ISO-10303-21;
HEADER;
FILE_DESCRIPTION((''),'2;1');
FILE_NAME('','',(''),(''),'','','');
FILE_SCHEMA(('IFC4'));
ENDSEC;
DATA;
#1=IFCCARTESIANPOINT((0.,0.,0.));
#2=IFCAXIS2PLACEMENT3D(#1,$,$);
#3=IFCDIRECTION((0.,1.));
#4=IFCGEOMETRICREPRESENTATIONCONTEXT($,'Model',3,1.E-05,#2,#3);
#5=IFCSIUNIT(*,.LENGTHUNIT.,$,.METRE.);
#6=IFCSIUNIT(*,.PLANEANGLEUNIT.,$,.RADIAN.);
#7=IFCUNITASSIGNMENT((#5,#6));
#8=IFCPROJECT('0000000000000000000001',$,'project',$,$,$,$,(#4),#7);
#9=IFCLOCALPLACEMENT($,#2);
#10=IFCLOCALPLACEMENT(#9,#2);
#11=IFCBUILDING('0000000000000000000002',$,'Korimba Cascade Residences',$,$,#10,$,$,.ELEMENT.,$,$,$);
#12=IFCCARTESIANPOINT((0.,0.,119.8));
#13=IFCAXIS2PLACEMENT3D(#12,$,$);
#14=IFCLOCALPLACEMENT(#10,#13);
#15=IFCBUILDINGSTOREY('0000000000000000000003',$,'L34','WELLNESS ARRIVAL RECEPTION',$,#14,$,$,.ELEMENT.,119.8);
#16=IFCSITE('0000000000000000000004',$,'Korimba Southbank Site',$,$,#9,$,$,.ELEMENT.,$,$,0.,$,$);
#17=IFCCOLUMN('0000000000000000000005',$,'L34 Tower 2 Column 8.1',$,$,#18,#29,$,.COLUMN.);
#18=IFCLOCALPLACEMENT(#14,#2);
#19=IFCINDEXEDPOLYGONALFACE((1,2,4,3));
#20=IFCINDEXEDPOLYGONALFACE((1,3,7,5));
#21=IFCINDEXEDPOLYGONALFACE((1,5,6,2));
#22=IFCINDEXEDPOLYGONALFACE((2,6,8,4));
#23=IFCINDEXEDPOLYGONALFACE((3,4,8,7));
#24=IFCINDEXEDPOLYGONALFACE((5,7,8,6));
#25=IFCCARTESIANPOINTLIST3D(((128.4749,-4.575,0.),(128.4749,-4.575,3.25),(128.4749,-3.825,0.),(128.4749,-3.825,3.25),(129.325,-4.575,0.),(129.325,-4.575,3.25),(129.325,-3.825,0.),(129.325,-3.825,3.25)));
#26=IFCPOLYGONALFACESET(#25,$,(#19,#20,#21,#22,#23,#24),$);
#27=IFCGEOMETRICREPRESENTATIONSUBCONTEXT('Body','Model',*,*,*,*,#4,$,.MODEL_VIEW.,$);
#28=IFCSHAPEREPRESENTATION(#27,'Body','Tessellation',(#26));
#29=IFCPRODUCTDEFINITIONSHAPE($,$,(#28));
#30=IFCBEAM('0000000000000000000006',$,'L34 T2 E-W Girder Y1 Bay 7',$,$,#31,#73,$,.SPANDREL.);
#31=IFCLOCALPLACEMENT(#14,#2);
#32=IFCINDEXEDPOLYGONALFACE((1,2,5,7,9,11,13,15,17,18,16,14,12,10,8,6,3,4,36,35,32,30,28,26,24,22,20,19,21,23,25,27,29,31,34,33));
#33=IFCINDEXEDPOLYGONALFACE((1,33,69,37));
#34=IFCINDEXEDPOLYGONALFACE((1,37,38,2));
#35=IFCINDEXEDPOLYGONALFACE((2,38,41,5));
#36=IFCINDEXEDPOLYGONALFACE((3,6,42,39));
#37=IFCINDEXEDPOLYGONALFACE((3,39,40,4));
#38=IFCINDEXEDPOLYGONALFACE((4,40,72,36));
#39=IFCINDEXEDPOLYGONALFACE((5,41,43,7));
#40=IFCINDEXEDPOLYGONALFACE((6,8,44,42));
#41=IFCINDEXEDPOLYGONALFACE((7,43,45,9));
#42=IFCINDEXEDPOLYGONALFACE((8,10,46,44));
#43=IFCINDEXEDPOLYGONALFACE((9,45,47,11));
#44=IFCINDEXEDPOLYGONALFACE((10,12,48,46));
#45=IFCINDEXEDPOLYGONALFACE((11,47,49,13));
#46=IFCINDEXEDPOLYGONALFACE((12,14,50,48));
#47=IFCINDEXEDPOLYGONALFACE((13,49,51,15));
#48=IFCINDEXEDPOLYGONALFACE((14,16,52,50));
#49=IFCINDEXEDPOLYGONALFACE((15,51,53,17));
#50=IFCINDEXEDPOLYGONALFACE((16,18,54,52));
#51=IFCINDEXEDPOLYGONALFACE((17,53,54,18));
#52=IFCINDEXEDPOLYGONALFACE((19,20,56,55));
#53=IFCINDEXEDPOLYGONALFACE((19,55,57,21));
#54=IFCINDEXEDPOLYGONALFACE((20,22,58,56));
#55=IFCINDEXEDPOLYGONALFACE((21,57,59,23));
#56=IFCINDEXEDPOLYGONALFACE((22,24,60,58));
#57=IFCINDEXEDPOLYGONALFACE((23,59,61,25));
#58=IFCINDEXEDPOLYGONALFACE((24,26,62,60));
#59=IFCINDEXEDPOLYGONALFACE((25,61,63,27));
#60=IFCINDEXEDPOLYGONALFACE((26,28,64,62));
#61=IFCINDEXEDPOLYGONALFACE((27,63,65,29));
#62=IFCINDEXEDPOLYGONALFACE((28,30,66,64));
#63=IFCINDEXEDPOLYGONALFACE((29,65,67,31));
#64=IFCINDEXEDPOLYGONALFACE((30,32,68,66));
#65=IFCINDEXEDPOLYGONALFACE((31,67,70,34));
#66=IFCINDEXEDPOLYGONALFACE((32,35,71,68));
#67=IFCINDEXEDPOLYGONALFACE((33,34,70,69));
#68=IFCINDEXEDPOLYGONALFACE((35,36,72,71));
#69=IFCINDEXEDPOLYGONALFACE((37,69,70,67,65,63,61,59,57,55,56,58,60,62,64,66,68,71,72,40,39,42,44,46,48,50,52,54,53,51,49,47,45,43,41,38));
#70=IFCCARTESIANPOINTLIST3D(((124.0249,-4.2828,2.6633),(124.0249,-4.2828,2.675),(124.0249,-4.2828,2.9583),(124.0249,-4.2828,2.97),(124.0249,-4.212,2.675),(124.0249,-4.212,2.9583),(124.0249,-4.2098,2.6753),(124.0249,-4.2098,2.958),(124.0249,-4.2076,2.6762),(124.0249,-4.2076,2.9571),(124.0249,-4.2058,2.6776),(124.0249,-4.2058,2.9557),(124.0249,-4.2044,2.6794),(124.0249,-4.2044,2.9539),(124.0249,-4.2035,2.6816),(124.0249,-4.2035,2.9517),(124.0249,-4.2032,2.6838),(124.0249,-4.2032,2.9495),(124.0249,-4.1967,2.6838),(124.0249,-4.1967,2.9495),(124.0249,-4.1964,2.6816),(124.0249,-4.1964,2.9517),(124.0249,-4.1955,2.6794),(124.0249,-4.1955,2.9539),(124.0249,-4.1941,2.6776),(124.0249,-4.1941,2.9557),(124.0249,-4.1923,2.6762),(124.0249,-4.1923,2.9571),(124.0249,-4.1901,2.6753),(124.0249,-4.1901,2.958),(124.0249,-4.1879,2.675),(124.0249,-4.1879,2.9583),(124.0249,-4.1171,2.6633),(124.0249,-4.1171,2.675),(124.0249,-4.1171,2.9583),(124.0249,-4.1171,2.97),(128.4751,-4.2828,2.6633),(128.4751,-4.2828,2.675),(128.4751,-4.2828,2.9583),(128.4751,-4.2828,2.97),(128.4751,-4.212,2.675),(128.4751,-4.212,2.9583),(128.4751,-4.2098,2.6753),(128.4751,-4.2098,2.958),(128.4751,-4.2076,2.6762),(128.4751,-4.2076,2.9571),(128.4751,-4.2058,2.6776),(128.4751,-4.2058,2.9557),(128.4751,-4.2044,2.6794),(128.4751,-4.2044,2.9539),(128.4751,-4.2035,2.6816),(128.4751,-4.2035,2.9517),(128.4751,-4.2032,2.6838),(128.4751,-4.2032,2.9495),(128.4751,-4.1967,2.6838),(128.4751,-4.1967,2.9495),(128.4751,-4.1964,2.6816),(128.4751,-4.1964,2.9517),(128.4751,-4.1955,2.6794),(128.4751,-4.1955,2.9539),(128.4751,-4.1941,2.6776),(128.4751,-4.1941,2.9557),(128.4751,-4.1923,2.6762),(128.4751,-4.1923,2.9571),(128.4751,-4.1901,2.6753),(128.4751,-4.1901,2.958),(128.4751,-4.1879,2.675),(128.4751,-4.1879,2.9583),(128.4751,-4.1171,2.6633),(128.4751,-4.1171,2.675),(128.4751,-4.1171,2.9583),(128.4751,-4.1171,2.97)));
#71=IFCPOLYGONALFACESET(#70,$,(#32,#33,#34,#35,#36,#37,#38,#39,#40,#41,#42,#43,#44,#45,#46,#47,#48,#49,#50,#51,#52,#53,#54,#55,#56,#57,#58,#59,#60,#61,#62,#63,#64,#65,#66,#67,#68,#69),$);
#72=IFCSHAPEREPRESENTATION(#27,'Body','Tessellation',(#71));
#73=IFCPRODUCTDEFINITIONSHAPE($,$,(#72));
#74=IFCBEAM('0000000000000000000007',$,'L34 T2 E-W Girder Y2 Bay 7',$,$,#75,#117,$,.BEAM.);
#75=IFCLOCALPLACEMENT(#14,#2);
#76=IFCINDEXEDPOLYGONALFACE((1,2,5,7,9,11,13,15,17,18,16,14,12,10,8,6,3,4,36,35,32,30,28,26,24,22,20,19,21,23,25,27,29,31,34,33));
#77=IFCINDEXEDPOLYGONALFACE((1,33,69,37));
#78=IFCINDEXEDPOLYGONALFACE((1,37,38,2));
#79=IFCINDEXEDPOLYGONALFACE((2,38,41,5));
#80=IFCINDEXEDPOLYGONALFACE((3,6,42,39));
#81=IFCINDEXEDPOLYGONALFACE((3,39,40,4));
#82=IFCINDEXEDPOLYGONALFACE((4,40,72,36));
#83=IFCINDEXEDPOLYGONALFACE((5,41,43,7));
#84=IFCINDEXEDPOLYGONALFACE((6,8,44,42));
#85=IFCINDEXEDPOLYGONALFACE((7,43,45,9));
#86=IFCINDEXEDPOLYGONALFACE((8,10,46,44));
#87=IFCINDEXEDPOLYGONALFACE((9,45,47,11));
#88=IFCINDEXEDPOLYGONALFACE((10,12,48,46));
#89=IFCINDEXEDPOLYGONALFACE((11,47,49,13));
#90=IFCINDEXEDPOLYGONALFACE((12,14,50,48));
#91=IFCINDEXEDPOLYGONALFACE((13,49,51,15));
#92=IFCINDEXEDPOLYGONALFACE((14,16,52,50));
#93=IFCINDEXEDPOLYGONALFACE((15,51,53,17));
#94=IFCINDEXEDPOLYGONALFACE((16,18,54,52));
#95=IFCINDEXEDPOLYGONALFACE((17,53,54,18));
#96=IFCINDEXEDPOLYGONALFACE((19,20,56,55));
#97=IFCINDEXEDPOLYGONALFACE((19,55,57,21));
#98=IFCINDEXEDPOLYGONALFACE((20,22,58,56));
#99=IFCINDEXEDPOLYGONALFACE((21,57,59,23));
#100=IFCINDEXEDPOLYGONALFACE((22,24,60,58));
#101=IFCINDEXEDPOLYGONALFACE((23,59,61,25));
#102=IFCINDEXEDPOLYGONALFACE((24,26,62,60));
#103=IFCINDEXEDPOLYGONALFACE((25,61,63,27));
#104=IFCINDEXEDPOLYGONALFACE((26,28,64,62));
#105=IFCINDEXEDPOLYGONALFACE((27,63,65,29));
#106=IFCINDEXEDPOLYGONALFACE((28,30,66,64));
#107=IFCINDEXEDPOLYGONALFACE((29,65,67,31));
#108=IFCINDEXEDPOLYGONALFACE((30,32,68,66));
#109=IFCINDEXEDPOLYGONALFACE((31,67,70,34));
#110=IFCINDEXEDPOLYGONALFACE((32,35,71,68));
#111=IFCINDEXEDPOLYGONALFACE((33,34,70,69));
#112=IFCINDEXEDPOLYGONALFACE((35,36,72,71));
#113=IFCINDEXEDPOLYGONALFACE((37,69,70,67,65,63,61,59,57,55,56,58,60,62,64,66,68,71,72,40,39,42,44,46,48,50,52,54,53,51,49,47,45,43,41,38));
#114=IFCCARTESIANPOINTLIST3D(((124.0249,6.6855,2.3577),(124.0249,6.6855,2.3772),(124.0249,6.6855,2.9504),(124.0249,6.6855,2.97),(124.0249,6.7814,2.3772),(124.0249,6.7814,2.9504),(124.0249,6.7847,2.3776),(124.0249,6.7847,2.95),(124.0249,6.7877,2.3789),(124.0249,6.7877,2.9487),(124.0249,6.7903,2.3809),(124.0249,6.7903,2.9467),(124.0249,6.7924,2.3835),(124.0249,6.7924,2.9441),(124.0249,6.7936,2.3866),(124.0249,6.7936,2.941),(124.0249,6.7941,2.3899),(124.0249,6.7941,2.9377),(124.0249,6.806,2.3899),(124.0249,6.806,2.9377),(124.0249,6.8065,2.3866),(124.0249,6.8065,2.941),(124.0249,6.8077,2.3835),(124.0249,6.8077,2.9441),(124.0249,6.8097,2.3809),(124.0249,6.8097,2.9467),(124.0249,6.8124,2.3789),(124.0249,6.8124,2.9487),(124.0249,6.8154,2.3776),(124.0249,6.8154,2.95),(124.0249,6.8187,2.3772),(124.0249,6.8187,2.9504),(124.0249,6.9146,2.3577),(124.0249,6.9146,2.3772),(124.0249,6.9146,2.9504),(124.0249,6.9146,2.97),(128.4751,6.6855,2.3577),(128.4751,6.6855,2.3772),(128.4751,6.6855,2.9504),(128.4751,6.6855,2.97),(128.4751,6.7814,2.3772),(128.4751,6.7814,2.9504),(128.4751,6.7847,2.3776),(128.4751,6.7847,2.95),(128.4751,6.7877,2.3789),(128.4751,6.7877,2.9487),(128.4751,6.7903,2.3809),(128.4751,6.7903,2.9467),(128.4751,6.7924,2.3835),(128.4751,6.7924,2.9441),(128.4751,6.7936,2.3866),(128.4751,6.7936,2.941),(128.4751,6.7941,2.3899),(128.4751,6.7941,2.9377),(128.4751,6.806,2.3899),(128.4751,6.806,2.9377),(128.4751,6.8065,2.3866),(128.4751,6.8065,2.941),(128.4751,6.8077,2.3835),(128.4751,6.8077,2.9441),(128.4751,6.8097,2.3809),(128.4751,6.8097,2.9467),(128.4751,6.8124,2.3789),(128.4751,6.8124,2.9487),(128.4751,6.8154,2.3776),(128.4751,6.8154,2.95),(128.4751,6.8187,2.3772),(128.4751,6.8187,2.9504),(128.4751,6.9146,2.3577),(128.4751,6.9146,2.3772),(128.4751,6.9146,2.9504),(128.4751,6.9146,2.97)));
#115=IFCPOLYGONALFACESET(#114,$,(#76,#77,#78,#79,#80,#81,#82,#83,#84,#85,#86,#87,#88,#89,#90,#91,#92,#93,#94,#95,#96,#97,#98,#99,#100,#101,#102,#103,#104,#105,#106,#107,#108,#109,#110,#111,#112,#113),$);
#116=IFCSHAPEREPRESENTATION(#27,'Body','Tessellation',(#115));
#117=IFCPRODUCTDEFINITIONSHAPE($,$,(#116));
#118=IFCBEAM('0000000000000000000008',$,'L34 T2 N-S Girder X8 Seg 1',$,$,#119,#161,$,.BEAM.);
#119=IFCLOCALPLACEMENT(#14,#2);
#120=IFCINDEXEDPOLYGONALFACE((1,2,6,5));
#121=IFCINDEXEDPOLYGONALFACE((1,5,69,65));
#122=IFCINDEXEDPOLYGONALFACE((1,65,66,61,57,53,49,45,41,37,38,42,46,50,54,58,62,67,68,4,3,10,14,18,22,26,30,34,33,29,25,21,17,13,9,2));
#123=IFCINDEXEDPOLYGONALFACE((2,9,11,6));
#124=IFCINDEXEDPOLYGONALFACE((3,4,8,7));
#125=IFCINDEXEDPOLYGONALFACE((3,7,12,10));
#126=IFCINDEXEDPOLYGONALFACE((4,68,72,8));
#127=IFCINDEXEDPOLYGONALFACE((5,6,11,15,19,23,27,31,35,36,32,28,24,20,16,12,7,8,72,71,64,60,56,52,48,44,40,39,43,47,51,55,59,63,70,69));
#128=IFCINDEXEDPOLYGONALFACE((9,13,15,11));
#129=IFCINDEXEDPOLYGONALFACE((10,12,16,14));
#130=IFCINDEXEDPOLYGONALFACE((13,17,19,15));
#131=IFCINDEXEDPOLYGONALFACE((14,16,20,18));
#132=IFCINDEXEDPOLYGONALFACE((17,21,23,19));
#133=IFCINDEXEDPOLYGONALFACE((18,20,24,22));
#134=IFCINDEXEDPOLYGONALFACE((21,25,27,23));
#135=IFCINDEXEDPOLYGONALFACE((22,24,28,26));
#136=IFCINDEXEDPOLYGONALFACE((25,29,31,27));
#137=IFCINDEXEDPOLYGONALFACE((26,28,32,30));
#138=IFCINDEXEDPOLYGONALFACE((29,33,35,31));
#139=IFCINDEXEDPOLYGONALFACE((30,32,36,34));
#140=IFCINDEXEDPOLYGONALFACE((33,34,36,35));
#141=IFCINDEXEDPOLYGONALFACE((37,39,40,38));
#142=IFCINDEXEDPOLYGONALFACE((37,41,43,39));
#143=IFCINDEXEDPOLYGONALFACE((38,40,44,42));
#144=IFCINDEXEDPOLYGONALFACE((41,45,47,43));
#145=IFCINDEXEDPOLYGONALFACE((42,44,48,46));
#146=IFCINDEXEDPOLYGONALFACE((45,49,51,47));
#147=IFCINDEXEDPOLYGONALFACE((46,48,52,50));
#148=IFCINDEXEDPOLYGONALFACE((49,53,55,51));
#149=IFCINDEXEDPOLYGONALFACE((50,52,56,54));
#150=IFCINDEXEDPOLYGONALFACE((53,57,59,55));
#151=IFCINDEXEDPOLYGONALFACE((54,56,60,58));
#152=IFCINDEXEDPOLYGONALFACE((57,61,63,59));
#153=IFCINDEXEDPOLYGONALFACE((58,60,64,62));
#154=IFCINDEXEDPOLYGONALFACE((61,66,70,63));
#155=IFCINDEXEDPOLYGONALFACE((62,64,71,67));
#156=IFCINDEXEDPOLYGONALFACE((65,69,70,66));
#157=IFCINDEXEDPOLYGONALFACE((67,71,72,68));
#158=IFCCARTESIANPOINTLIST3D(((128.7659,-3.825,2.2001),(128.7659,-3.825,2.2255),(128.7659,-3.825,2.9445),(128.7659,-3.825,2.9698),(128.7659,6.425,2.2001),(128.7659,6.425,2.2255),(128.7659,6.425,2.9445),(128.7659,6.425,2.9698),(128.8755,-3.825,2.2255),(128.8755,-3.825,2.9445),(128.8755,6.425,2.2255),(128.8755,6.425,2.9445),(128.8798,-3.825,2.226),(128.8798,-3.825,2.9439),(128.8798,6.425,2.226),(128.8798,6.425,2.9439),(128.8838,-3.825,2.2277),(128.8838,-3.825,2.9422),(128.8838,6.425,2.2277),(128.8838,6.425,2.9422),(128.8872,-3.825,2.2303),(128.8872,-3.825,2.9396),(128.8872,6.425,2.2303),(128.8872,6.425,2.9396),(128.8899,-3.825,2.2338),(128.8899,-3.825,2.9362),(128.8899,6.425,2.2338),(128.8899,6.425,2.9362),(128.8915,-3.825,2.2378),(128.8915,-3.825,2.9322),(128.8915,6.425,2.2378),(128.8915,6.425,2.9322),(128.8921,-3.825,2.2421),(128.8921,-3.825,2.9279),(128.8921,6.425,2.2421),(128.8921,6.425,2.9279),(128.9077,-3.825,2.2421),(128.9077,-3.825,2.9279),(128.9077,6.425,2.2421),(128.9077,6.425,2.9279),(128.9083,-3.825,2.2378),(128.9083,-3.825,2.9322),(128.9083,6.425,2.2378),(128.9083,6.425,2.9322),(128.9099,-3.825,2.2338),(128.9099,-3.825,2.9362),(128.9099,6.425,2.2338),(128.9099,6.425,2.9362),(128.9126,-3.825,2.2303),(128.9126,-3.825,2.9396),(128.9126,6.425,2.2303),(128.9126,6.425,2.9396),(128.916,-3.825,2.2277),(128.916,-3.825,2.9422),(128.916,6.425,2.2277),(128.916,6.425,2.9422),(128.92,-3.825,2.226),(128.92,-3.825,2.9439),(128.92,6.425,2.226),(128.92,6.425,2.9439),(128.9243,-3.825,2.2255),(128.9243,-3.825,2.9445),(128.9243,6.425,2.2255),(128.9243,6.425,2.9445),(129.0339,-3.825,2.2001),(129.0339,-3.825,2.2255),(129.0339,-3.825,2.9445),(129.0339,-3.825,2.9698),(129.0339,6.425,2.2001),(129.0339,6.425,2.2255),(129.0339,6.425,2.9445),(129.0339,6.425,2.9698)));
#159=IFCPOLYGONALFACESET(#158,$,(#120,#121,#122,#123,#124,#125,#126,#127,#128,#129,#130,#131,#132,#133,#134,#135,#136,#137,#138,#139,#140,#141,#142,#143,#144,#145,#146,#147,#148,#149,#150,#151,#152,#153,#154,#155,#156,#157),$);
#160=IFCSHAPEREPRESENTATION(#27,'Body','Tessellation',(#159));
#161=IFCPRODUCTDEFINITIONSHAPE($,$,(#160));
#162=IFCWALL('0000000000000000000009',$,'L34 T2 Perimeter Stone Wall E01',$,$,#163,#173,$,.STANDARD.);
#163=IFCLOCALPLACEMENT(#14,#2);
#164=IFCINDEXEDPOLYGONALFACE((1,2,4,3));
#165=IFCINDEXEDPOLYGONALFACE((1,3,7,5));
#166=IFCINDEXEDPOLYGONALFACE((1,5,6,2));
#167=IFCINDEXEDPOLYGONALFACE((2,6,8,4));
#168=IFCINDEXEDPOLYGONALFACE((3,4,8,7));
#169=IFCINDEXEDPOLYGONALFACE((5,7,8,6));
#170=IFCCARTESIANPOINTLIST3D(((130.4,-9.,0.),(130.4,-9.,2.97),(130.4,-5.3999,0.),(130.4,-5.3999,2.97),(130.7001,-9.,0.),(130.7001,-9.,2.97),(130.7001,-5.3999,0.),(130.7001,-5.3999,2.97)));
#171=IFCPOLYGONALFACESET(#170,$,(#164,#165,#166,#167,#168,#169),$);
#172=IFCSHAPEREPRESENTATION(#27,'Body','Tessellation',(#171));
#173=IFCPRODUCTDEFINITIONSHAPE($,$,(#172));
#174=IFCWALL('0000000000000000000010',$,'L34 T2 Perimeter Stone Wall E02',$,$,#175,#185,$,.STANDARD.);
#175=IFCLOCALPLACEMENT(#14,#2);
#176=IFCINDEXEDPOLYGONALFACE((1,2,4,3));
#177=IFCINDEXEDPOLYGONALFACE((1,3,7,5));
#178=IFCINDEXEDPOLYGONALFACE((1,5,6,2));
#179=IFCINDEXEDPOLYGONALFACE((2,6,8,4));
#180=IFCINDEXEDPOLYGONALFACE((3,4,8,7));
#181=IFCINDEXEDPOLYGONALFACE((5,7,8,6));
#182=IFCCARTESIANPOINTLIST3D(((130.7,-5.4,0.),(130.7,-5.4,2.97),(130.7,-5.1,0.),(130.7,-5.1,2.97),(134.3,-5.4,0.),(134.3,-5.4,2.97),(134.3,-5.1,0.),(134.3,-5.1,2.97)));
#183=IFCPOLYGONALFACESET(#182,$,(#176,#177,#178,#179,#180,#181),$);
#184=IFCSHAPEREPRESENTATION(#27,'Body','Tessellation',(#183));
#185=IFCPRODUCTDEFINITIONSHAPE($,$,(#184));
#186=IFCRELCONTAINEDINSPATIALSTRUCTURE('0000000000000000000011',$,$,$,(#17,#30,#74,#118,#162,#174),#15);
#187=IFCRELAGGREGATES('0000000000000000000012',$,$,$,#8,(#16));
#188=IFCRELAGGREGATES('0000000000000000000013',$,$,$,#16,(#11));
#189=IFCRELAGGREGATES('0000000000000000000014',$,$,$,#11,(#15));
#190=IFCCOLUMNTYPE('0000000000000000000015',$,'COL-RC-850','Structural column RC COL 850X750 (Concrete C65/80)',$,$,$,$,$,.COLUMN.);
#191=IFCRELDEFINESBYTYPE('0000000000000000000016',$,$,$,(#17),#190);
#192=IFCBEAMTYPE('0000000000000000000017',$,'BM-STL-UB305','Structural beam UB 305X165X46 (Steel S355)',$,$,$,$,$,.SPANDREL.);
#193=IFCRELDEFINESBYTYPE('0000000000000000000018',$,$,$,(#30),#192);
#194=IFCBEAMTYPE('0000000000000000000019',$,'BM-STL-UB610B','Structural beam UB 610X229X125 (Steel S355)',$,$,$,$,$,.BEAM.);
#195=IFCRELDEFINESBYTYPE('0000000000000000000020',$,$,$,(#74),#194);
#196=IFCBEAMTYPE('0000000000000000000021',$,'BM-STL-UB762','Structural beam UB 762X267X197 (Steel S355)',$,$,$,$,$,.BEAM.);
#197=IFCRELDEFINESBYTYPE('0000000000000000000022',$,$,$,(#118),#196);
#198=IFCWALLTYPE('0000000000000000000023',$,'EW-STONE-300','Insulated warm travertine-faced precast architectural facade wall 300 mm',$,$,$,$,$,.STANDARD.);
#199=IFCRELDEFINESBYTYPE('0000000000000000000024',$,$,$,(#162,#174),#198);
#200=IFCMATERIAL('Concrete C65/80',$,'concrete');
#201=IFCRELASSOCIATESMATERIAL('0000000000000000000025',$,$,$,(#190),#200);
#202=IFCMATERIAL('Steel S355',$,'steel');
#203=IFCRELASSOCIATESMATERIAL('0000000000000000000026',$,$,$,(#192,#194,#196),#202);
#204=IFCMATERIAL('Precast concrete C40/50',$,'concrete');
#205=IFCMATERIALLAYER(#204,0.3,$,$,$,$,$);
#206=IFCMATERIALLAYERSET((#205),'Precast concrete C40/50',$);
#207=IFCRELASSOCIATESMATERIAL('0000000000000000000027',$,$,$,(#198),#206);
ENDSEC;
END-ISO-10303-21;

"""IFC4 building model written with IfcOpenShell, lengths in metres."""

from ifc_helpers import new_model, si_unit, direction, frame, frame_2d, origin, origin_2d, place, context, subcontext, project, spatial, rectangle, i_section, extrude, material, layer, layer_set, material_profile, profile_set, type_object, element, save


model = new_model("IFC4")

# Units and contexts
model_context = context("Model", 3, precision=1e-05, world=origin(), true_north=direction((0.0, 1.0)))
body_context = subcontext(model_context, "Body", "Model", "MODEL_VIEW")
ifc_project = project(units=[si_unit("LENGTHUNIT", "METRE"), si_unit("PLANEANGLEUNIT", "RADIAN")], contexts=[model_context])

# Site, building, storey
site_placement = place(None, origin())
site = spatial("IfcSite", under=ifc_project, at=site_placement, Name="Korimba Southbank Site", CompositionType="ELEMENT", RefElevation=0.0)
building_placement = place(site_placement, origin())
building = spatial("IfcBuilding", under=site, at=building_placement, Name="Korimba Cascade Residences", CompositionType="ELEMENT")
storey_placement = place(building_placement, frame((0.0, 0.0, 119.8)))
storey = spatial("IfcBuildingStorey", under=building, at=storey_placement, Name="L34", Description="WELLNESS ARRIVAL RECEPTION", CompositionType="ELEMENT", Elevation=119.8)

# Column
ifc_material_1 = material(Name="Concrete C65/80", Category="concrete")
ifc_material_profile_1 = material_profile(ifc_material_1, rectangle(XDim=0.8501, YDim=0.75, at=origin_2d()), Name="Concrete C65/80")
ifc_profile_set_1 = profile_set([ifc_material_profile_1], Name="Concrete C65/80")
column_type = type_object("IfcColumnType", Name="COL-RC-850", Description="Structural column RC COL 850X750 (Concrete C65/80)", PredefinedType="COLUMN", material=ifc_profile_set_1)
column_placement = place(storey_placement, frame((128.8999, -4.2, 0.0), z_axis=(0.0, 0.0, 1.0), x_axis=(1.0, 0.0, 0.0)))
element("IfcColumn", 1, at=column_placement, inside=storey, type_object=column_type, Name="L34 Tower 2 Column 8.1", PredefinedType="COLUMN", context=body_context, shape_type="SweptSolid", body=[
    extrude(rectangle(XDim=0.8501, YDim=0.75, at=origin_2d()), origin(), (0.0, 0.0, 1.0), 3.25),
])

# Beams
ifc_material_2 = material(Name="Steel S355", Category="steel")
ifc_material_profile_2 = material_profile(ifc_material_2, i_section(OverallWidth=0.1658, OverallDepth=0.3066, WebThickness=0.0066, FlangeThickness=0.0117, FilletRadius=0.0088, at=origin_2d()), Name="Steel S355")
ifc_profile_set_2 = profile_set([ifc_material_profile_2], Name="Steel S355")
beam_type_1 = type_object("IfcBeamType", Name="BM-STL-UB305", Description="Structural beam UB 305X165X46 (Steel S355)", PredefinedType="SPANDREL", material=ifc_profile_set_2)
beam_1_placement = place(storey_placement, frame((124.0249, -4.2, 2.8167), z_axis=(1.0, 0.0, 0.0), x_axis=(0.0, 1.0, 0.0)))
element("IfcBeam", 2, at=beam_1_placement, inside=storey, type_object=beam_type_1, Name="L34 T2 E-W Girder Y1 Bay 7", PredefinedType="SPANDREL", context=body_context, shape_type="SweptSolid", body=[
    extrude(i_section(OverallWidth=0.1658, OverallDepth=0.3066, WebThickness=0.0066, FlangeThickness=0.0117, FilletRadius=0.0088, at=origin_2d()), origin(), (0.0, 0.0, 1.0), 4.4502),
])
ifc_material_profile_3 = material_profile(ifc_material_2, i_section(OverallWidth=0.229, OverallDepth=0.6123, WebThickness=0.012, FlangeThickness=0.0195, FilletRadius=0.0127, at=origin_2d()), Name="Steel S355")
ifc_profile_set_3 = profile_set([ifc_material_profile_3], Name="Steel S355")
beam_type_2 = type_object("IfcBeamType", Name="BM-STL-UB610B", Description="Structural beam UB 610X229X125 (Steel S355)", PredefinedType="BEAM", material=ifc_profile_set_3)
beam_2_placement = place(storey_placement, frame((124.0249, 6.8, 2.6638), z_axis=(1.0, 0.0, 0.0), x_axis=(0.0, 1.0, 0.0)))
element("IfcBeam", 3, at=beam_2_placement, inside=storey, type_object=beam_type_2, Name="L34 T2 E-W Girder Y2 Bay 7", PredefinedType="BEAM", context=body_context, shape_type="SweptSolid", body=[
    extrude(i_section(OverallWidth=0.229, OverallDepth=0.6123, WebThickness=0.012, FlangeThickness=0.0195, FilletRadius=0.0127, at=origin_2d()), origin(), (0.0, 0.0, 1.0), 4.4502),
])
ifc_material_profile_4 = material_profile(ifc_material_2, i_section(OverallWidth=0.2681, OverallDepth=0.7698, WebThickness=0.0156, FlangeThickness=0.0254, FilletRadius=0.0166, at=origin_2d()), Name="Steel S355")
ifc_profile_set_4 = profile_set([ifc_material_profile_4], Name="Steel S355")
beam_type_3 = type_object("IfcBeamType", Name="BM-STL-UB762", Description="Structural beam UB 762X267X197 (Steel S355)", PredefinedType="BEAM", material=ifc_profile_set_4)
beam_3_placement = place(storey_placement, frame((128.8999, -3.825, 2.585), z_axis=(0.0, 1.0, 0.0), x_axis=(-1.0, 0.0, 0.0)))
element("IfcBeam", 4, at=beam_3_placement, inside=storey, type_object=beam_type_3, Name="L34 T2 N-S Girder X8 Seg 1", PredefinedType="BEAM", context=body_context, shape_type="SweptSolid", body=[
    extrude(i_section(OverallWidth=0.2681, OverallDepth=0.7698, WebThickness=0.0156, FlangeThickness=0.0254, FilletRadius=0.0166, at=origin_2d()), origin(), (0.0, 0.0, 1.0), 10.25),
])

# Walls
ifc_material_3 = material(Name="Precast concrete C40/50", Category="concrete")
ifc_layer_1 = layer(ifc_material_3, 0.3)
ifc_layer_set_1 = layer_set([ifc_layer_1], Name="Precast concrete C40/50")
wall_type_1 = type_object("IfcWallType", Name="EW-STONE-300", Description="Insulated warm travertine-faced precast architectural facade wall 300 mm", PredefinedType="STANDARD", material=ifc_layer_set_1)
for number, where, z_axis, x_axis, name in (
    (5, (130.55, -9.0, 0.0), (0.0, 0.0, 1.0), (0.0, 1.0, 0.0), "L34 T2 Perimeter Stone Wall E01"),
    (6, (130.7, -5.25, 0.0), (0.0, 0.0, 1.0), (1.0, 0.0, 0.0), "L34 T2 Perimeter Stone Wall E02"),
):
    element("IfcWall", number, at=place(storey_placement, frame(where, z_axis=z_axis, x_axis=x_axis)), inside=storey, type_object=wall_type_1, Name=name, PredefinedType="STANDARD", context=body_context, shape_type="SweptSolid", body=[
        extrude(rectangle(XDim=3.6001, YDim=0.3, at=frame_2d((1.8, 0.0))), origin(), (0.0, 0.0, 1.0), 2.97),
    ])

save(model, "model.ifc")
